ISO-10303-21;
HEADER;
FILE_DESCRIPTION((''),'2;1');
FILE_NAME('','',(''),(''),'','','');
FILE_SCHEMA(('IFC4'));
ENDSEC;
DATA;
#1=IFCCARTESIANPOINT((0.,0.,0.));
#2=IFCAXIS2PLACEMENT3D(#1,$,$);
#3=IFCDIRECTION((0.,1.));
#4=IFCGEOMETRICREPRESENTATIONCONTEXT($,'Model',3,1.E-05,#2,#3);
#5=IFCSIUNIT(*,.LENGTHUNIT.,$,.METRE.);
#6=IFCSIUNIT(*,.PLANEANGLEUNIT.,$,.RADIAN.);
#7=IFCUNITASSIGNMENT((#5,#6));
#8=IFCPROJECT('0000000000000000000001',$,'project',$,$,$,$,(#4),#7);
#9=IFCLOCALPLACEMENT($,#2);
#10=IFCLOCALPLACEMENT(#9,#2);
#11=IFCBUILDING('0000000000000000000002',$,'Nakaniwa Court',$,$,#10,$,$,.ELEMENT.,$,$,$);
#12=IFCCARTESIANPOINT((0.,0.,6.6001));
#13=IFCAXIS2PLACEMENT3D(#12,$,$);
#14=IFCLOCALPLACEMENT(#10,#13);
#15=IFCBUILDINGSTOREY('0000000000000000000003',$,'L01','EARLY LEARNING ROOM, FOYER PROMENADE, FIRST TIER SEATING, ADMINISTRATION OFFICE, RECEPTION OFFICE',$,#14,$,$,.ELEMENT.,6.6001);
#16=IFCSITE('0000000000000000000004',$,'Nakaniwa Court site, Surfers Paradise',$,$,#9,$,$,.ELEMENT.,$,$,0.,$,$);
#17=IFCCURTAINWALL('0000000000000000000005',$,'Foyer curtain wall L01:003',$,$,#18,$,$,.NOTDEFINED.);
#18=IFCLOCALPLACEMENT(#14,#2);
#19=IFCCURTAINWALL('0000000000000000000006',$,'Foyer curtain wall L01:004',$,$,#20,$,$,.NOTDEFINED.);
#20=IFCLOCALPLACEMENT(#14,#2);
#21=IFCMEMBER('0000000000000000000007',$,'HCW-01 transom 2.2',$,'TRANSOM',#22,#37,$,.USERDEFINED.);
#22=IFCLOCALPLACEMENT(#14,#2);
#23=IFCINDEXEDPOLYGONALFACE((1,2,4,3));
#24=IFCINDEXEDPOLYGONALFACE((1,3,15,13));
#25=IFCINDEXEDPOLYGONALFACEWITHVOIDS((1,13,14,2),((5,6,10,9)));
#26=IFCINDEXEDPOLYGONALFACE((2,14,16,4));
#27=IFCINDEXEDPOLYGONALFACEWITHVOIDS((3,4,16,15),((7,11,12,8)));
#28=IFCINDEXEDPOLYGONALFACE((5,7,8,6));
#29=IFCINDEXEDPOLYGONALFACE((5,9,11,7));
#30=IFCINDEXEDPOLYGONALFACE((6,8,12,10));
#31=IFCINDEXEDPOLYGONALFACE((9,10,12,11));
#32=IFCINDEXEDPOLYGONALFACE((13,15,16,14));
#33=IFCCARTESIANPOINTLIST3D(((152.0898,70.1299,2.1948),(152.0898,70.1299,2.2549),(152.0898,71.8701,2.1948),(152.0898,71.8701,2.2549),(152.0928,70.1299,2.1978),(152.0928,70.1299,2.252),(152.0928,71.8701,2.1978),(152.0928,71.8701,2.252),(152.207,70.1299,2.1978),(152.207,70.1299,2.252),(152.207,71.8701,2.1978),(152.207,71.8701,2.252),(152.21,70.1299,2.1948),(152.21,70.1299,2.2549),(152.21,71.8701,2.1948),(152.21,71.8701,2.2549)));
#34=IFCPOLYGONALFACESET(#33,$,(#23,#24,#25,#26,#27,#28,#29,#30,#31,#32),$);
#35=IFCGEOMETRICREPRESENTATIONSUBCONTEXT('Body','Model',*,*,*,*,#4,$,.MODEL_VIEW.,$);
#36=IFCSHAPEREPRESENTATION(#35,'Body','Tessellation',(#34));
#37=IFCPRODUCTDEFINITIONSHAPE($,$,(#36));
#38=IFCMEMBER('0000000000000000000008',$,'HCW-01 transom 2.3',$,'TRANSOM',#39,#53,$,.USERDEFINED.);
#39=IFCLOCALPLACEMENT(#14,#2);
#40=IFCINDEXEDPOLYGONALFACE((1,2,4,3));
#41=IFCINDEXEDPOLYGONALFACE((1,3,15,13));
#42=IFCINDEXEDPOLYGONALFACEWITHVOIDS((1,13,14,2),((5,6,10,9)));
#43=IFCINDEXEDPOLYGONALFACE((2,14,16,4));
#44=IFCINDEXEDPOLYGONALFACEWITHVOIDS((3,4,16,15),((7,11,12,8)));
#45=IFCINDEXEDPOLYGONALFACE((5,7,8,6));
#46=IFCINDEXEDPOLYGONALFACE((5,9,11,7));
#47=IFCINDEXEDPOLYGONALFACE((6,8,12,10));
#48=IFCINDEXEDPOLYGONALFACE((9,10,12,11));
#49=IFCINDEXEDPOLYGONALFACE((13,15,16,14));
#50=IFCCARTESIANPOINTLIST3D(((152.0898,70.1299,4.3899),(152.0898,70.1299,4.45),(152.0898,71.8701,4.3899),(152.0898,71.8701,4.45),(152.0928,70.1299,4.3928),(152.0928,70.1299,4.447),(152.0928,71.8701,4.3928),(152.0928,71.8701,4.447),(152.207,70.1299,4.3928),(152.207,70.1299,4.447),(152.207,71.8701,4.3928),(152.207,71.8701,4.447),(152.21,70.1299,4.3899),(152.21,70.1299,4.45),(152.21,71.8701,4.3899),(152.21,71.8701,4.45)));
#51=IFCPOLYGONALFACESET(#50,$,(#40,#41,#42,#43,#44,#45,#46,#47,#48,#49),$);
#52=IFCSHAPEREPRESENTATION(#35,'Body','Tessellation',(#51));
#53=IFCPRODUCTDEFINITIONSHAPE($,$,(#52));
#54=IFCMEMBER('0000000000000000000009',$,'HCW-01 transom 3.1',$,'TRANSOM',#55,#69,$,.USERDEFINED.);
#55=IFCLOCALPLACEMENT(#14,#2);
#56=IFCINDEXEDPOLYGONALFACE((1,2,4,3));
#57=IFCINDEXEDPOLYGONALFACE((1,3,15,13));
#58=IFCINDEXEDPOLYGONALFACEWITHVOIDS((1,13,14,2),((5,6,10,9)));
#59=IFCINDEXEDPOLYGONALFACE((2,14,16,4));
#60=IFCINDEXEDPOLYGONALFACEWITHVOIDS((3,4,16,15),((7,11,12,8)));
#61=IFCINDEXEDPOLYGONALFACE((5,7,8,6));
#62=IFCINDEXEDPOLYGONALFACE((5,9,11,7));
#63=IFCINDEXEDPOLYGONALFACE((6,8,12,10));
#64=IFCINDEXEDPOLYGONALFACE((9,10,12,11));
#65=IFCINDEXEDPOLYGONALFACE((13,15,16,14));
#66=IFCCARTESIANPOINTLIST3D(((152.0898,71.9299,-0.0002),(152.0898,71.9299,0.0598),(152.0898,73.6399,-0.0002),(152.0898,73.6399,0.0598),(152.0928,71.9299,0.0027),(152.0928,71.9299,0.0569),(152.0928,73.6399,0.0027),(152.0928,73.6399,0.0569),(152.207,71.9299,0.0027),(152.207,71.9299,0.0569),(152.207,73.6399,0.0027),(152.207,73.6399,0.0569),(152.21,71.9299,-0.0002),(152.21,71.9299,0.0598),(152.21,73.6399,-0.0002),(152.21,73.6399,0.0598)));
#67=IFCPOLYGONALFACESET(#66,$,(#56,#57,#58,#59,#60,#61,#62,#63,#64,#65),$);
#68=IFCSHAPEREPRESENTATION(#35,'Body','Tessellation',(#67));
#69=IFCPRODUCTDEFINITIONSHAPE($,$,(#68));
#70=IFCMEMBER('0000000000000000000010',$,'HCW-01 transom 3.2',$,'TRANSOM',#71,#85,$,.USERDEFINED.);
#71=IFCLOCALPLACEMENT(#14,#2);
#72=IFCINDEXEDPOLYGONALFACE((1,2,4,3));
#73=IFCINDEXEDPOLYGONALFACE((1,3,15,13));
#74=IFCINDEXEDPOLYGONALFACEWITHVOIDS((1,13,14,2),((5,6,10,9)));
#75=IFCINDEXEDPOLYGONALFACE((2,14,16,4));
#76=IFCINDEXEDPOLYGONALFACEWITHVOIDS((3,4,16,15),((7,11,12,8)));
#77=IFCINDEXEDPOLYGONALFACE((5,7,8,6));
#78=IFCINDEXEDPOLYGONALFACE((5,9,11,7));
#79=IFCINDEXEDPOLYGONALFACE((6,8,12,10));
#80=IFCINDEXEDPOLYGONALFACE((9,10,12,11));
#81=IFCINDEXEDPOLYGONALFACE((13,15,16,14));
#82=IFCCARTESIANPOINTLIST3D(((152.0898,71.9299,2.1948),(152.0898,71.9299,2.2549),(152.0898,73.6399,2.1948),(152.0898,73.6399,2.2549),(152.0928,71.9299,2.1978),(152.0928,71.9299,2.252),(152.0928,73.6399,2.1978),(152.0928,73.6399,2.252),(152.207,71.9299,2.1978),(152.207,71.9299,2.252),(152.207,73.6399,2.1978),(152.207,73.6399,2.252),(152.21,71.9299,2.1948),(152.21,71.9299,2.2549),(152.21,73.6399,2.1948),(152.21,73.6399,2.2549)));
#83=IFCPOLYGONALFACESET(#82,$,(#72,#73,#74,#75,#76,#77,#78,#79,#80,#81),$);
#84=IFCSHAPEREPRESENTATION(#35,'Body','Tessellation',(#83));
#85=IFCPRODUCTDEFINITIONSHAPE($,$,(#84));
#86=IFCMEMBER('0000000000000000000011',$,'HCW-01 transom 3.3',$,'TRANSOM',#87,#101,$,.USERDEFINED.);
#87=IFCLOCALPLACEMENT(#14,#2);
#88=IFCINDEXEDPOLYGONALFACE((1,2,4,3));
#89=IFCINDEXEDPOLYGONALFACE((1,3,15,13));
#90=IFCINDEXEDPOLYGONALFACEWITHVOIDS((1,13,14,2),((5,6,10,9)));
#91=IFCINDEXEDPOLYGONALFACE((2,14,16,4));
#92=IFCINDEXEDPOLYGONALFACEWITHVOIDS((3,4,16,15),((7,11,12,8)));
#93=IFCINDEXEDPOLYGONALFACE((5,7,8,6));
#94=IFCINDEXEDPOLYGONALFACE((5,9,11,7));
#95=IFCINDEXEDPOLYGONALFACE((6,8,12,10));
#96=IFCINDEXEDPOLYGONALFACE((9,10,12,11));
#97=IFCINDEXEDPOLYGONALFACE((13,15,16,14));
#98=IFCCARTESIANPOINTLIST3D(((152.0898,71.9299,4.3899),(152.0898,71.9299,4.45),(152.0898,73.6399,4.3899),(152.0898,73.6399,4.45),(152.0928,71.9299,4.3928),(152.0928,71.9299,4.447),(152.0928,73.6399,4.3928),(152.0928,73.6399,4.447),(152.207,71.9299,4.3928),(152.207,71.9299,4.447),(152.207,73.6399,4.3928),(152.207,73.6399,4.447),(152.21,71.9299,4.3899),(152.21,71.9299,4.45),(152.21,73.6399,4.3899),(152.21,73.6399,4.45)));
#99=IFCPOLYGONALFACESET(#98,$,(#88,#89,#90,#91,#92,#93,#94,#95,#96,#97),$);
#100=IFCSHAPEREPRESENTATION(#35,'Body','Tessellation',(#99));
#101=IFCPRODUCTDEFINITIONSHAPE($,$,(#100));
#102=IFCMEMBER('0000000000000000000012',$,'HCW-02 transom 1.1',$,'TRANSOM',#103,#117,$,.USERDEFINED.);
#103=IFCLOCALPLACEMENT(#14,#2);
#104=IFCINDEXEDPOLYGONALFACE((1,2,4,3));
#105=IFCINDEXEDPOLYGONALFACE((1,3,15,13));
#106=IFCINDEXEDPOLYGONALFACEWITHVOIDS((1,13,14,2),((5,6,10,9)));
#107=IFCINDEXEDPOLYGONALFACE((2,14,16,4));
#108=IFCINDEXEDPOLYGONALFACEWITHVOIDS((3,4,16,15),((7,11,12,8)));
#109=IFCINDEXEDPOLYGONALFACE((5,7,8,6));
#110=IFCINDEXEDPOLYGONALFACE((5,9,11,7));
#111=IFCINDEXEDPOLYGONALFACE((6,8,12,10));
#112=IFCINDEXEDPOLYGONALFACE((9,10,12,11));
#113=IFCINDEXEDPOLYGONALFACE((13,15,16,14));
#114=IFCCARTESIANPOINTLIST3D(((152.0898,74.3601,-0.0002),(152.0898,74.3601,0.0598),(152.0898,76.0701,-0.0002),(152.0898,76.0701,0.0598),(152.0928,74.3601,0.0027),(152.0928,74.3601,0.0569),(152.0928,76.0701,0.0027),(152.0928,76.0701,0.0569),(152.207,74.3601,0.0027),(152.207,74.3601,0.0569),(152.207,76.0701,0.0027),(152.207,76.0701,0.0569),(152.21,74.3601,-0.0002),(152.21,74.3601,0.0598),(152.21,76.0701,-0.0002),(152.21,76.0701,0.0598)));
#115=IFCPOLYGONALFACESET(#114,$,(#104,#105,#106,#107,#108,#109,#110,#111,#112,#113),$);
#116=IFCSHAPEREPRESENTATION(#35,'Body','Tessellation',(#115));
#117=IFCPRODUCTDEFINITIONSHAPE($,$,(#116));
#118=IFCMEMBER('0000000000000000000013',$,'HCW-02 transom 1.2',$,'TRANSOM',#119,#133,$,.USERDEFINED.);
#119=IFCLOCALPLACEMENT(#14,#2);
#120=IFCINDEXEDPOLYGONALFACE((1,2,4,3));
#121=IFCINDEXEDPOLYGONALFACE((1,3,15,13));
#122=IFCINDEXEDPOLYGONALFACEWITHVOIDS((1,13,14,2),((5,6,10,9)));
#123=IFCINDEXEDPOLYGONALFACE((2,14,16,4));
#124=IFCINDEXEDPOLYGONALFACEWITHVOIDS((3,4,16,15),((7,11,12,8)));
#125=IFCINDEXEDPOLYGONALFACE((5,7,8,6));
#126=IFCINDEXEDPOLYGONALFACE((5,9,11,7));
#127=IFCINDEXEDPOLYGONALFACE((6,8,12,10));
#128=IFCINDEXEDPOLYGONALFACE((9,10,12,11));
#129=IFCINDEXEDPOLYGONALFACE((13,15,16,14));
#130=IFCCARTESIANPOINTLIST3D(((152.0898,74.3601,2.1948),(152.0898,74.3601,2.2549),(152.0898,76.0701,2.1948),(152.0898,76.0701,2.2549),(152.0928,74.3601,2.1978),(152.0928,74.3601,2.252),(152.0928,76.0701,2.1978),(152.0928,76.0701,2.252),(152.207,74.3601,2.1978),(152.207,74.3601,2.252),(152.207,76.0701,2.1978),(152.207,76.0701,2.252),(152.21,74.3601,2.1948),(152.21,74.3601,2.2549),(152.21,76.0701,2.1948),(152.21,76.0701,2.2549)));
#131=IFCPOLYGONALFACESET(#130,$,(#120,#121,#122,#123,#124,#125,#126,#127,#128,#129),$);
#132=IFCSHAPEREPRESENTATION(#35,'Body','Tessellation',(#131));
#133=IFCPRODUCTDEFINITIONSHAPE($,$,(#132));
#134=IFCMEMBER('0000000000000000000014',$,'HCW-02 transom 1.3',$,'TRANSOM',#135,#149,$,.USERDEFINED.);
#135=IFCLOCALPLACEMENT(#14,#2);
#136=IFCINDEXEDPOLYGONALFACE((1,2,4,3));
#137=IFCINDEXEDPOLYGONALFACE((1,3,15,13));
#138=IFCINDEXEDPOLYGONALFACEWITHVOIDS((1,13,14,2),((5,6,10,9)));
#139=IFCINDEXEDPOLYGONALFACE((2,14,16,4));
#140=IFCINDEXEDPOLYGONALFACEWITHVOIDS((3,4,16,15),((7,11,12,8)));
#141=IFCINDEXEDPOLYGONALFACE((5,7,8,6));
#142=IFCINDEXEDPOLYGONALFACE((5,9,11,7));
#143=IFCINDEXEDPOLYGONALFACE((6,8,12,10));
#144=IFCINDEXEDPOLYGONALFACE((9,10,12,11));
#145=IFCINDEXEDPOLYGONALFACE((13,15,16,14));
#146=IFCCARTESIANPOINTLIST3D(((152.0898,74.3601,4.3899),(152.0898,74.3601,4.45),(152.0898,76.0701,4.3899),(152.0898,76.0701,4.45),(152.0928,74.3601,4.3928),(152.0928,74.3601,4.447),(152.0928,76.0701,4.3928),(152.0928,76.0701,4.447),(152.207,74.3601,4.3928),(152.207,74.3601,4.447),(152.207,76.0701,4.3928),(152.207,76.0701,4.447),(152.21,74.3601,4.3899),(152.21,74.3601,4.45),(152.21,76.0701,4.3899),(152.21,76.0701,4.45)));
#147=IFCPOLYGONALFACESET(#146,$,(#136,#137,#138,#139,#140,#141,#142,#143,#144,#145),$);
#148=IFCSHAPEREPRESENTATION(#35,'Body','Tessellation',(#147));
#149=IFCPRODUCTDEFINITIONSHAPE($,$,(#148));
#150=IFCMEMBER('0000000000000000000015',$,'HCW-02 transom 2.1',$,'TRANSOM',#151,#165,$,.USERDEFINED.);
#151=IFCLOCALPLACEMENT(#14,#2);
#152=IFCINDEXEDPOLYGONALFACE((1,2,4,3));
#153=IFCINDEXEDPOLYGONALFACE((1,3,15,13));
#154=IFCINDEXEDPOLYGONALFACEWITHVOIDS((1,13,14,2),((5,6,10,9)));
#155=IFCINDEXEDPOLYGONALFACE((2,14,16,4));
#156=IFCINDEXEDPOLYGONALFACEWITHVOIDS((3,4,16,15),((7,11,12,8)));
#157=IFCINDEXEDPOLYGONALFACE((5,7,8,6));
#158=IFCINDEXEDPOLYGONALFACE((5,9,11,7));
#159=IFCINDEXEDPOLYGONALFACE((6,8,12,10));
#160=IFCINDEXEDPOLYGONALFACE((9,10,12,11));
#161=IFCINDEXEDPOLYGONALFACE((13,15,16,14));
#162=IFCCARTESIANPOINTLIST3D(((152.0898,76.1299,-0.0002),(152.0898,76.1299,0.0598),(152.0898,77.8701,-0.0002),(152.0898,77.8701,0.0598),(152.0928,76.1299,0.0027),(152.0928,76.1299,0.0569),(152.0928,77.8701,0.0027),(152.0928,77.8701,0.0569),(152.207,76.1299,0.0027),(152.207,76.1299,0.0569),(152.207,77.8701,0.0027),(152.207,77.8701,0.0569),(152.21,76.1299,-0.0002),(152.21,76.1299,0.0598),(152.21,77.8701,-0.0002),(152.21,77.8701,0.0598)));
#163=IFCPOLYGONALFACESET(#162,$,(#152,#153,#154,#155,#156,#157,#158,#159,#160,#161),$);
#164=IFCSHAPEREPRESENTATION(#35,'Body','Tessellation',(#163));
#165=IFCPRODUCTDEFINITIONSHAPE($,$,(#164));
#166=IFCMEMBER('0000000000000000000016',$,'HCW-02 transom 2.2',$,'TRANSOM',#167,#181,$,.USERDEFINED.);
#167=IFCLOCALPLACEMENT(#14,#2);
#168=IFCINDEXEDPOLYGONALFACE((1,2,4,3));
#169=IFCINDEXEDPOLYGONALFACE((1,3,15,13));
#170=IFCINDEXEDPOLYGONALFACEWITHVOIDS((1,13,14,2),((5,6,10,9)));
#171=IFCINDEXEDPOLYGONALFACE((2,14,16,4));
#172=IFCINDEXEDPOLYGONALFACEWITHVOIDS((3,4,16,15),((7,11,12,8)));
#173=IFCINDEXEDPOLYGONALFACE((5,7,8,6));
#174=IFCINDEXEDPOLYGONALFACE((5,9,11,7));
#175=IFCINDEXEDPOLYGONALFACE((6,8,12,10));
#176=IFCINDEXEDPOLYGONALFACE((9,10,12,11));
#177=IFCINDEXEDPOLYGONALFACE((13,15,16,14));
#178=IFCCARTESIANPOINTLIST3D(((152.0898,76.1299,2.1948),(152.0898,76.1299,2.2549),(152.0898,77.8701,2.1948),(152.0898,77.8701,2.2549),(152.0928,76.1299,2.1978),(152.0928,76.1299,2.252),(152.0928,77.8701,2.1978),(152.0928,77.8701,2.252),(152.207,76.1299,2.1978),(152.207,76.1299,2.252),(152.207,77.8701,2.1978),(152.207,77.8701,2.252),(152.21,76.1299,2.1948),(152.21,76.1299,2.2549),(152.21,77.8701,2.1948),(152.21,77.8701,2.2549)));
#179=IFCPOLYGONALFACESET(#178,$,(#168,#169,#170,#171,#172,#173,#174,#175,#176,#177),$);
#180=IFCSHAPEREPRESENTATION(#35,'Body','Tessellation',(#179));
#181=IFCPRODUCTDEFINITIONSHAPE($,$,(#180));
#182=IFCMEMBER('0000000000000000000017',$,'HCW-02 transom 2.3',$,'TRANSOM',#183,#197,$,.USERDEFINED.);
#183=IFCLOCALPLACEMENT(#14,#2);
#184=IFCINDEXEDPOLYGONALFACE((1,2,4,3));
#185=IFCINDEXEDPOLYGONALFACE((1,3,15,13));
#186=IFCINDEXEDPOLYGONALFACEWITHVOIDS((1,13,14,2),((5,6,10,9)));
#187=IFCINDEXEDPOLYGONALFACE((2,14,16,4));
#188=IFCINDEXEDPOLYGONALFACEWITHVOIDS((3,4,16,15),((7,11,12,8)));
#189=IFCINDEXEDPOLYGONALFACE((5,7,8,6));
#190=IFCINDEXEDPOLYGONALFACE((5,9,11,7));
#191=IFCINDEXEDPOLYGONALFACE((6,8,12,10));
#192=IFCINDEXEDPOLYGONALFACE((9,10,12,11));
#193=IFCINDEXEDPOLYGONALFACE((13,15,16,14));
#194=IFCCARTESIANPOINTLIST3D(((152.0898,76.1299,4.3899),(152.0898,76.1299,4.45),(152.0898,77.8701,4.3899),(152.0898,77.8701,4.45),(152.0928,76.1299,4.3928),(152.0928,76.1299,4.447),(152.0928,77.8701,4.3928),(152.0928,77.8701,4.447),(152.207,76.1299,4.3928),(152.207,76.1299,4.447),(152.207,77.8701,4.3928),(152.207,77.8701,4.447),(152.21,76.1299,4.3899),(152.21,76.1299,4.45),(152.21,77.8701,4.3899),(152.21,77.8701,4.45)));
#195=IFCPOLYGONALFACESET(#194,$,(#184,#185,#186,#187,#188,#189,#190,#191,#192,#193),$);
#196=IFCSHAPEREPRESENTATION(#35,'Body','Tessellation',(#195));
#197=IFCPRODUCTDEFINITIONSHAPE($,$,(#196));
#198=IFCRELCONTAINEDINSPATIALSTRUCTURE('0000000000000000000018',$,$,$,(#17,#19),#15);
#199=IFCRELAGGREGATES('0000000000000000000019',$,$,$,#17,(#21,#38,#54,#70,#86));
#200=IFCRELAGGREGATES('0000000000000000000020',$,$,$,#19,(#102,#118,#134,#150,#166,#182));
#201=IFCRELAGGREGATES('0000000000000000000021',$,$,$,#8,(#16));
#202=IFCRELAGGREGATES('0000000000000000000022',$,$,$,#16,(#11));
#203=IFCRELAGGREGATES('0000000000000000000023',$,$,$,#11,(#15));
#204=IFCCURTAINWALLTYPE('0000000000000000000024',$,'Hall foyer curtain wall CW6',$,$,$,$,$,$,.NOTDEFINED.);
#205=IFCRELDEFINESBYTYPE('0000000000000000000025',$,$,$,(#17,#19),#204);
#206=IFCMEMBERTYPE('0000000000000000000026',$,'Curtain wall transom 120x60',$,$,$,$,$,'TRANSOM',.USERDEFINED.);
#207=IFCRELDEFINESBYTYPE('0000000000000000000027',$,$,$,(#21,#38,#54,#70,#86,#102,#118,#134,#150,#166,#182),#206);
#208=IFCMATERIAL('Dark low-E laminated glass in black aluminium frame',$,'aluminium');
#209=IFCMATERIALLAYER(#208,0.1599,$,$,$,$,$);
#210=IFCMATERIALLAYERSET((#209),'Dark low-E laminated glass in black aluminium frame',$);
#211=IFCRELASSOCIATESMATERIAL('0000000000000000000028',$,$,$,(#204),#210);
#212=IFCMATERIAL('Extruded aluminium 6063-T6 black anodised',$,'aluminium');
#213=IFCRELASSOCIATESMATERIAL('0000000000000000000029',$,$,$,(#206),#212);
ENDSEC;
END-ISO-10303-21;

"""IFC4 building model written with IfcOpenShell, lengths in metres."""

from ifc_helpers import new_model, si_unit, direction, frame, origin, origin_2d, place, context, subcontext, project, spatial, hollow_rectangle, extrude, material, layer, layer_set, material_profile, profile_set, type_object, element, aggregate, save


model = new_model("IFC4")

# Units and contexts
model_context = context("Model", 3, precision=1e-05, world=origin(), true_north=direction((0.0, 1.0)))
body_context = subcontext(model_context, "Body", "Model", "MODEL_VIEW")
ifc_project = project(units=[si_unit("LENGTHUNIT", "METRE"), si_unit("PLANEANGLEUNIT", "RADIAN")], contexts=[model_context])

# Site, building, storey
site_placement = place(None, origin())
site = spatial("IfcSite", under=ifc_project, at=site_placement, Name="Nakaniwa Court site, Surfers Paradise", CompositionType="ELEMENT", RefElevation=0.0)
building_placement = place(site_placement, origin())
building = spatial("IfcBuilding", under=site, at=building_placement, Name="Nakaniwa Court", CompositionType="ELEMENT")
storey_placement = place(building_placement, frame((0.0, 0.0, 6.6001)))
storey = spatial("IfcBuildingStorey", under=building, at=storey_placement, Name="L01", Description="EARLY LEARNING ROOM, FOYER PROMENADE, FIRST TIER SEATING, ADMINISTRATION OFFICE, RECEPTION OFFICE", CompositionType="ELEMENT", Elevation=6.6001)

# Curtain walls
ifc_material_1 = material(Name="Dark low-E laminated glass in black aluminium frame", Category="aluminium")
ifc_layer_1 = layer(ifc_material_1, 0.1599)
ifc_layer_set_1 = layer_set([ifc_layer_1], Name="Dark low-E laminated glass in black aluminium frame")
curtain_wall_type = type_object("IfcCurtainWallType", Name="Hall foyer curtain wall CW6", PredefinedType="NOTDEFINED", material=ifc_layer_set_1)
curtain_wall_1_placement = place(storey_placement, origin())
curtain_wall_1 = element("IfcCurtainWall", 1, at=curtain_wall_1_placement, inside=storey, type_object=curtain_wall_type, Name="Foyer curtain wall L01:003", PredefinedType="NOTDEFINED")
ifc_material_2 = material(Name="Extruded aluminium 6063-T6 black anodised", Category="aluminium")
curtain_wall_2_placement = place(storey_placement, origin())
curtain_wall_2 = element("IfcCurtainWall", 2, at=curtain_wall_2_placement, inside=storey, type_object=curtain_wall_type, Name="Foyer curtain wall L01:004", PredefinedType="NOTDEFINED")

# Members
ifc_material_profile_1 = material_profile(ifc_material_2, hollow_rectangle(XDim=0.1201, YDim=0.0601, WallThickness=0.0029, at=origin_2d()), Name="CW transom 120x60")
ifc_profile_set_1 = profile_set([ifc_material_profile_1], Name="Extruded aluminium 6063-T6 black anodised")
member_type_1 = type_object("IfcMemberType", Name="Curtain wall transom 120x60", ElementType="TRANSOM", PredefinedType="USERDEFINED", material=ifc_profile_set_1)
member_1_placement = place(storey_placement, frame((152.1499, 70.1299, 2.2249), z_axis=(0.0, 1.0, 0.0), x_axis=(-1.0, 0.0, 0.0)))
member_1 = element("IfcMember", 3, at=member_1_placement, type_object=member_type_1, Name="HCW-01 transom 2.2", ObjectType="TRANSOM", PredefinedType="USERDEFINED", context=body_context, shape_type="SweptSolid", body=[
    extrude(hollow_rectangle(XDim=0.1201, YDim=0.0601, WallThickness=0.0029, at=origin_2d()), origin(), (0.0, 0.0, 1.0), 1.7402),
])
member_2_placement = place(storey_placement, frame((152.1499, 70.1299, 4.4199), z_axis=(0.0, 1.0, 0.0), x_axis=(-1.0, 0.0, 0.0)))
member_2 = element("IfcMember", 4, at=member_2_placement, type_object=member_type_1, Name="HCW-01 transom 2.3", ObjectType="TRANSOM", PredefinedType="USERDEFINED", context=body_context, shape_type="SweptSolid", body=[
    extrude(hollow_rectangle(XDim=0.1201, YDim=0.0601, WallThickness=0.0029, at=origin_2d()), origin(), (0.0, 0.0, 1.0), 1.7402),
])
member_3_placement = place(storey_placement, frame((152.1499, 71.9299, 0.0298), z_axis=(0.0, 1.0, 0.0), x_axis=(-1.0, 0.0, 0.0)))
member_3 = element("IfcMember", 5, at=member_3_placement, type_object=member_type_1, Name="HCW-01 transom 3.1", ObjectType="TRANSOM", PredefinedType="USERDEFINED", context=body_context, shape_type="SweptSolid", body=[
    extrude(hollow_rectangle(XDim=0.1201, YDim=0.0601, WallThickness=0.0029, at=origin_2d()), origin(), (0.0, 0.0, 1.0), 1.71),
])
member_4_placement = place(storey_placement, frame((152.1499, 71.9299, 2.2249), z_axis=(0.0, 1.0, 0.0), x_axis=(-1.0, 0.0, 0.0)))
member_4 = element("IfcMember", 6, at=member_4_placement, type_object=member_type_1, Name="HCW-01 transom 3.2", ObjectType="TRANSOM", PredefinedType="USERDEFINED", context=body_context, shape_type="SweptSolid", body=[
    extrude(hollow_rectangle(XDim=0.1201, YDim=0.0601, WallThickness=0.0029, at=origin_2d()), origin(), (0.0, 0.0, 1.0), 1.71),
])
member_5_placement = place(storey_placement, frame((152.1499, 71.9299, 4.4199), z_axis=(0.0, 1.0, 0.0), x_axis=(-1.0, 0.0, 0.0)))
member_5 = element("IfcMember", 7, at=member_5_placement, type_object=member_type_1, Name="HCW-01 transom 3.3", ObjectType="TRANSOM", PredefinedType="USERDEFINED", context=body_context, shape_type="SweptSolid", body=[
    extrude(hollow_rectangle(XDim=0.1201, YDim=0.0601, WallThickness=0.0029, at=origin_2d()), origin(), (0.0, 0.0, 1.0), 1.71),
])
member_6_placement = place(storey_placement, frame((152.1499, 74.3601, 0.0298), z_axis=(0.0, 1.0, 0.0), x_axis=(-1.0, 0.0, 0.0)))
member_6 = element("IfcMember", 8, at=member_6_placement, type_object=member_type_1, Name="HCW-02 transom 1.1", ObjectType="TRANSOM", PredefinedType="USERDEFINED", context=body_context, shape_type="SweptSolid", body=[
    extrude(hollow_rectangle(XDim=0.1201, YDim=0.0601, WallThickness=0.0029, at=origin_2d()), origin(), (0.0, 0.0, 1.0), 1.71),
])
member_7_placement = place(storey_placement, frame((152.1499, 74.3601, 2.2249), z_axis=(0.0, 1.0, 0.0), x_axis=(-1.0, 0.0, 0.0)))
member_7 = element("IfcMember", 9, at=member_7_placement, type_object=member_type_1, Name="HCW-02 transom 1.2", ObjectType="TRANSOM", PredefinedType="USERDEFINED", context=body_context, shape_type="SweptSolid", body=[
    extrude(hollow_rectangle(XDim=0.1201, YDim=0.0601, WallThickness=0.0029, at=origin_2d()), origin(), (0.0, 0.0, 1.0), 1.71),
])
member_8_placement = place(storey_placement, frame((152.1499, 74.3601, 4.4199), z_axis=(0.0, 1.0, 0.0), x_axis=(-1.0, 0.0, 0.0)))
member_8 = element("IfcMember", 10, at=member_8_placement, type_object=member_type_1, Name="HCW-02 transom 1.3", ObjectType="TRANSOM", PredefinedType="USERDEFINED", context=body_context, shape_type="SweptSolid", body=[
    extrude(hollow_rectangle(XDim=0.1201, YDim=0.0601, WallThickness=0.0029, at=origin_2d()), origin(), (0.0, 0.0, 1.0), 1.71),
])
member_9_placement = place(storey_placement, frame((152.1499, 76.1299, 0.0298), z_axis=(0.0, 1.0, 0.0), x_axis=(-1.0, 0.0, 0.0)))
member_9 = element("IfcMember", 11, at=member_9_placement, type_object=member_type_1, Name="HCW-02 transom 2.1", ObjectType="TRANSOM", PredefinedType="USERDEFINED", context=body_context, shape_type="SweptSolid", body=[
    extrude(hollow_rectangle(XDim=0.1201, YDim=0.0601, WallThickness=0.0029, at=origin_2d()), origin(), (0.0, 0.0, 1.0), 1.7402),
])
member_10_placement = place(storey_placement, frame((152.1499, 76.1299, 2.2249), z_axis=(0.0, 1.0, 0.0), x_axis=(-1.0, 0.0, 0.0)))
member_10 = element("IfcMember", 12, at=member_10_placement, type_object=member_type_1, Name="HCW-02 transom 2.2", ObjectType="TRANSOM", PredefinedType="USERDEFINED", context=body_context, shape_type="SweptSolid", body=[
    extrude(hollow_rectangle(XDim=0.1201, YDim=0.0601, WallThickness=0.0029, at=origin_2d()), origin(), (0.0, 0.0, 1.0), 1.7402),
])
member_11_placement = place(storey_placement, frame((152.1499, 76.1299, 4.4199), z_axis=(0.0, 1.0, 0.0), x_axis=(-1.0, 0.0, 0.0)))
member_11 = element("IfcMember", 13, at=member_11_placement, type_object=member_type_1, Name="HCW-02 transom 2.3", ObjectType="TRANSOM", PredefinedType="USERDEFINED", context=body_context, shape_type="SweptSolid", body=[
    extrude(hollow_rectangle(XDim=0.1201, YDim=0.0601, WallThickness=0.0029, at=origin_2d()), origin(), (0.0, 0.0, 1.0), 1.7402),
])

aggregate(curtain_wall_1, [member_1, member_2, member_3, member_4, member_5])
aggregate(curtain_wall_2, [member_6, member_7, member_8, member_9, member_10, member_11])

save(model, "model.ifc")
